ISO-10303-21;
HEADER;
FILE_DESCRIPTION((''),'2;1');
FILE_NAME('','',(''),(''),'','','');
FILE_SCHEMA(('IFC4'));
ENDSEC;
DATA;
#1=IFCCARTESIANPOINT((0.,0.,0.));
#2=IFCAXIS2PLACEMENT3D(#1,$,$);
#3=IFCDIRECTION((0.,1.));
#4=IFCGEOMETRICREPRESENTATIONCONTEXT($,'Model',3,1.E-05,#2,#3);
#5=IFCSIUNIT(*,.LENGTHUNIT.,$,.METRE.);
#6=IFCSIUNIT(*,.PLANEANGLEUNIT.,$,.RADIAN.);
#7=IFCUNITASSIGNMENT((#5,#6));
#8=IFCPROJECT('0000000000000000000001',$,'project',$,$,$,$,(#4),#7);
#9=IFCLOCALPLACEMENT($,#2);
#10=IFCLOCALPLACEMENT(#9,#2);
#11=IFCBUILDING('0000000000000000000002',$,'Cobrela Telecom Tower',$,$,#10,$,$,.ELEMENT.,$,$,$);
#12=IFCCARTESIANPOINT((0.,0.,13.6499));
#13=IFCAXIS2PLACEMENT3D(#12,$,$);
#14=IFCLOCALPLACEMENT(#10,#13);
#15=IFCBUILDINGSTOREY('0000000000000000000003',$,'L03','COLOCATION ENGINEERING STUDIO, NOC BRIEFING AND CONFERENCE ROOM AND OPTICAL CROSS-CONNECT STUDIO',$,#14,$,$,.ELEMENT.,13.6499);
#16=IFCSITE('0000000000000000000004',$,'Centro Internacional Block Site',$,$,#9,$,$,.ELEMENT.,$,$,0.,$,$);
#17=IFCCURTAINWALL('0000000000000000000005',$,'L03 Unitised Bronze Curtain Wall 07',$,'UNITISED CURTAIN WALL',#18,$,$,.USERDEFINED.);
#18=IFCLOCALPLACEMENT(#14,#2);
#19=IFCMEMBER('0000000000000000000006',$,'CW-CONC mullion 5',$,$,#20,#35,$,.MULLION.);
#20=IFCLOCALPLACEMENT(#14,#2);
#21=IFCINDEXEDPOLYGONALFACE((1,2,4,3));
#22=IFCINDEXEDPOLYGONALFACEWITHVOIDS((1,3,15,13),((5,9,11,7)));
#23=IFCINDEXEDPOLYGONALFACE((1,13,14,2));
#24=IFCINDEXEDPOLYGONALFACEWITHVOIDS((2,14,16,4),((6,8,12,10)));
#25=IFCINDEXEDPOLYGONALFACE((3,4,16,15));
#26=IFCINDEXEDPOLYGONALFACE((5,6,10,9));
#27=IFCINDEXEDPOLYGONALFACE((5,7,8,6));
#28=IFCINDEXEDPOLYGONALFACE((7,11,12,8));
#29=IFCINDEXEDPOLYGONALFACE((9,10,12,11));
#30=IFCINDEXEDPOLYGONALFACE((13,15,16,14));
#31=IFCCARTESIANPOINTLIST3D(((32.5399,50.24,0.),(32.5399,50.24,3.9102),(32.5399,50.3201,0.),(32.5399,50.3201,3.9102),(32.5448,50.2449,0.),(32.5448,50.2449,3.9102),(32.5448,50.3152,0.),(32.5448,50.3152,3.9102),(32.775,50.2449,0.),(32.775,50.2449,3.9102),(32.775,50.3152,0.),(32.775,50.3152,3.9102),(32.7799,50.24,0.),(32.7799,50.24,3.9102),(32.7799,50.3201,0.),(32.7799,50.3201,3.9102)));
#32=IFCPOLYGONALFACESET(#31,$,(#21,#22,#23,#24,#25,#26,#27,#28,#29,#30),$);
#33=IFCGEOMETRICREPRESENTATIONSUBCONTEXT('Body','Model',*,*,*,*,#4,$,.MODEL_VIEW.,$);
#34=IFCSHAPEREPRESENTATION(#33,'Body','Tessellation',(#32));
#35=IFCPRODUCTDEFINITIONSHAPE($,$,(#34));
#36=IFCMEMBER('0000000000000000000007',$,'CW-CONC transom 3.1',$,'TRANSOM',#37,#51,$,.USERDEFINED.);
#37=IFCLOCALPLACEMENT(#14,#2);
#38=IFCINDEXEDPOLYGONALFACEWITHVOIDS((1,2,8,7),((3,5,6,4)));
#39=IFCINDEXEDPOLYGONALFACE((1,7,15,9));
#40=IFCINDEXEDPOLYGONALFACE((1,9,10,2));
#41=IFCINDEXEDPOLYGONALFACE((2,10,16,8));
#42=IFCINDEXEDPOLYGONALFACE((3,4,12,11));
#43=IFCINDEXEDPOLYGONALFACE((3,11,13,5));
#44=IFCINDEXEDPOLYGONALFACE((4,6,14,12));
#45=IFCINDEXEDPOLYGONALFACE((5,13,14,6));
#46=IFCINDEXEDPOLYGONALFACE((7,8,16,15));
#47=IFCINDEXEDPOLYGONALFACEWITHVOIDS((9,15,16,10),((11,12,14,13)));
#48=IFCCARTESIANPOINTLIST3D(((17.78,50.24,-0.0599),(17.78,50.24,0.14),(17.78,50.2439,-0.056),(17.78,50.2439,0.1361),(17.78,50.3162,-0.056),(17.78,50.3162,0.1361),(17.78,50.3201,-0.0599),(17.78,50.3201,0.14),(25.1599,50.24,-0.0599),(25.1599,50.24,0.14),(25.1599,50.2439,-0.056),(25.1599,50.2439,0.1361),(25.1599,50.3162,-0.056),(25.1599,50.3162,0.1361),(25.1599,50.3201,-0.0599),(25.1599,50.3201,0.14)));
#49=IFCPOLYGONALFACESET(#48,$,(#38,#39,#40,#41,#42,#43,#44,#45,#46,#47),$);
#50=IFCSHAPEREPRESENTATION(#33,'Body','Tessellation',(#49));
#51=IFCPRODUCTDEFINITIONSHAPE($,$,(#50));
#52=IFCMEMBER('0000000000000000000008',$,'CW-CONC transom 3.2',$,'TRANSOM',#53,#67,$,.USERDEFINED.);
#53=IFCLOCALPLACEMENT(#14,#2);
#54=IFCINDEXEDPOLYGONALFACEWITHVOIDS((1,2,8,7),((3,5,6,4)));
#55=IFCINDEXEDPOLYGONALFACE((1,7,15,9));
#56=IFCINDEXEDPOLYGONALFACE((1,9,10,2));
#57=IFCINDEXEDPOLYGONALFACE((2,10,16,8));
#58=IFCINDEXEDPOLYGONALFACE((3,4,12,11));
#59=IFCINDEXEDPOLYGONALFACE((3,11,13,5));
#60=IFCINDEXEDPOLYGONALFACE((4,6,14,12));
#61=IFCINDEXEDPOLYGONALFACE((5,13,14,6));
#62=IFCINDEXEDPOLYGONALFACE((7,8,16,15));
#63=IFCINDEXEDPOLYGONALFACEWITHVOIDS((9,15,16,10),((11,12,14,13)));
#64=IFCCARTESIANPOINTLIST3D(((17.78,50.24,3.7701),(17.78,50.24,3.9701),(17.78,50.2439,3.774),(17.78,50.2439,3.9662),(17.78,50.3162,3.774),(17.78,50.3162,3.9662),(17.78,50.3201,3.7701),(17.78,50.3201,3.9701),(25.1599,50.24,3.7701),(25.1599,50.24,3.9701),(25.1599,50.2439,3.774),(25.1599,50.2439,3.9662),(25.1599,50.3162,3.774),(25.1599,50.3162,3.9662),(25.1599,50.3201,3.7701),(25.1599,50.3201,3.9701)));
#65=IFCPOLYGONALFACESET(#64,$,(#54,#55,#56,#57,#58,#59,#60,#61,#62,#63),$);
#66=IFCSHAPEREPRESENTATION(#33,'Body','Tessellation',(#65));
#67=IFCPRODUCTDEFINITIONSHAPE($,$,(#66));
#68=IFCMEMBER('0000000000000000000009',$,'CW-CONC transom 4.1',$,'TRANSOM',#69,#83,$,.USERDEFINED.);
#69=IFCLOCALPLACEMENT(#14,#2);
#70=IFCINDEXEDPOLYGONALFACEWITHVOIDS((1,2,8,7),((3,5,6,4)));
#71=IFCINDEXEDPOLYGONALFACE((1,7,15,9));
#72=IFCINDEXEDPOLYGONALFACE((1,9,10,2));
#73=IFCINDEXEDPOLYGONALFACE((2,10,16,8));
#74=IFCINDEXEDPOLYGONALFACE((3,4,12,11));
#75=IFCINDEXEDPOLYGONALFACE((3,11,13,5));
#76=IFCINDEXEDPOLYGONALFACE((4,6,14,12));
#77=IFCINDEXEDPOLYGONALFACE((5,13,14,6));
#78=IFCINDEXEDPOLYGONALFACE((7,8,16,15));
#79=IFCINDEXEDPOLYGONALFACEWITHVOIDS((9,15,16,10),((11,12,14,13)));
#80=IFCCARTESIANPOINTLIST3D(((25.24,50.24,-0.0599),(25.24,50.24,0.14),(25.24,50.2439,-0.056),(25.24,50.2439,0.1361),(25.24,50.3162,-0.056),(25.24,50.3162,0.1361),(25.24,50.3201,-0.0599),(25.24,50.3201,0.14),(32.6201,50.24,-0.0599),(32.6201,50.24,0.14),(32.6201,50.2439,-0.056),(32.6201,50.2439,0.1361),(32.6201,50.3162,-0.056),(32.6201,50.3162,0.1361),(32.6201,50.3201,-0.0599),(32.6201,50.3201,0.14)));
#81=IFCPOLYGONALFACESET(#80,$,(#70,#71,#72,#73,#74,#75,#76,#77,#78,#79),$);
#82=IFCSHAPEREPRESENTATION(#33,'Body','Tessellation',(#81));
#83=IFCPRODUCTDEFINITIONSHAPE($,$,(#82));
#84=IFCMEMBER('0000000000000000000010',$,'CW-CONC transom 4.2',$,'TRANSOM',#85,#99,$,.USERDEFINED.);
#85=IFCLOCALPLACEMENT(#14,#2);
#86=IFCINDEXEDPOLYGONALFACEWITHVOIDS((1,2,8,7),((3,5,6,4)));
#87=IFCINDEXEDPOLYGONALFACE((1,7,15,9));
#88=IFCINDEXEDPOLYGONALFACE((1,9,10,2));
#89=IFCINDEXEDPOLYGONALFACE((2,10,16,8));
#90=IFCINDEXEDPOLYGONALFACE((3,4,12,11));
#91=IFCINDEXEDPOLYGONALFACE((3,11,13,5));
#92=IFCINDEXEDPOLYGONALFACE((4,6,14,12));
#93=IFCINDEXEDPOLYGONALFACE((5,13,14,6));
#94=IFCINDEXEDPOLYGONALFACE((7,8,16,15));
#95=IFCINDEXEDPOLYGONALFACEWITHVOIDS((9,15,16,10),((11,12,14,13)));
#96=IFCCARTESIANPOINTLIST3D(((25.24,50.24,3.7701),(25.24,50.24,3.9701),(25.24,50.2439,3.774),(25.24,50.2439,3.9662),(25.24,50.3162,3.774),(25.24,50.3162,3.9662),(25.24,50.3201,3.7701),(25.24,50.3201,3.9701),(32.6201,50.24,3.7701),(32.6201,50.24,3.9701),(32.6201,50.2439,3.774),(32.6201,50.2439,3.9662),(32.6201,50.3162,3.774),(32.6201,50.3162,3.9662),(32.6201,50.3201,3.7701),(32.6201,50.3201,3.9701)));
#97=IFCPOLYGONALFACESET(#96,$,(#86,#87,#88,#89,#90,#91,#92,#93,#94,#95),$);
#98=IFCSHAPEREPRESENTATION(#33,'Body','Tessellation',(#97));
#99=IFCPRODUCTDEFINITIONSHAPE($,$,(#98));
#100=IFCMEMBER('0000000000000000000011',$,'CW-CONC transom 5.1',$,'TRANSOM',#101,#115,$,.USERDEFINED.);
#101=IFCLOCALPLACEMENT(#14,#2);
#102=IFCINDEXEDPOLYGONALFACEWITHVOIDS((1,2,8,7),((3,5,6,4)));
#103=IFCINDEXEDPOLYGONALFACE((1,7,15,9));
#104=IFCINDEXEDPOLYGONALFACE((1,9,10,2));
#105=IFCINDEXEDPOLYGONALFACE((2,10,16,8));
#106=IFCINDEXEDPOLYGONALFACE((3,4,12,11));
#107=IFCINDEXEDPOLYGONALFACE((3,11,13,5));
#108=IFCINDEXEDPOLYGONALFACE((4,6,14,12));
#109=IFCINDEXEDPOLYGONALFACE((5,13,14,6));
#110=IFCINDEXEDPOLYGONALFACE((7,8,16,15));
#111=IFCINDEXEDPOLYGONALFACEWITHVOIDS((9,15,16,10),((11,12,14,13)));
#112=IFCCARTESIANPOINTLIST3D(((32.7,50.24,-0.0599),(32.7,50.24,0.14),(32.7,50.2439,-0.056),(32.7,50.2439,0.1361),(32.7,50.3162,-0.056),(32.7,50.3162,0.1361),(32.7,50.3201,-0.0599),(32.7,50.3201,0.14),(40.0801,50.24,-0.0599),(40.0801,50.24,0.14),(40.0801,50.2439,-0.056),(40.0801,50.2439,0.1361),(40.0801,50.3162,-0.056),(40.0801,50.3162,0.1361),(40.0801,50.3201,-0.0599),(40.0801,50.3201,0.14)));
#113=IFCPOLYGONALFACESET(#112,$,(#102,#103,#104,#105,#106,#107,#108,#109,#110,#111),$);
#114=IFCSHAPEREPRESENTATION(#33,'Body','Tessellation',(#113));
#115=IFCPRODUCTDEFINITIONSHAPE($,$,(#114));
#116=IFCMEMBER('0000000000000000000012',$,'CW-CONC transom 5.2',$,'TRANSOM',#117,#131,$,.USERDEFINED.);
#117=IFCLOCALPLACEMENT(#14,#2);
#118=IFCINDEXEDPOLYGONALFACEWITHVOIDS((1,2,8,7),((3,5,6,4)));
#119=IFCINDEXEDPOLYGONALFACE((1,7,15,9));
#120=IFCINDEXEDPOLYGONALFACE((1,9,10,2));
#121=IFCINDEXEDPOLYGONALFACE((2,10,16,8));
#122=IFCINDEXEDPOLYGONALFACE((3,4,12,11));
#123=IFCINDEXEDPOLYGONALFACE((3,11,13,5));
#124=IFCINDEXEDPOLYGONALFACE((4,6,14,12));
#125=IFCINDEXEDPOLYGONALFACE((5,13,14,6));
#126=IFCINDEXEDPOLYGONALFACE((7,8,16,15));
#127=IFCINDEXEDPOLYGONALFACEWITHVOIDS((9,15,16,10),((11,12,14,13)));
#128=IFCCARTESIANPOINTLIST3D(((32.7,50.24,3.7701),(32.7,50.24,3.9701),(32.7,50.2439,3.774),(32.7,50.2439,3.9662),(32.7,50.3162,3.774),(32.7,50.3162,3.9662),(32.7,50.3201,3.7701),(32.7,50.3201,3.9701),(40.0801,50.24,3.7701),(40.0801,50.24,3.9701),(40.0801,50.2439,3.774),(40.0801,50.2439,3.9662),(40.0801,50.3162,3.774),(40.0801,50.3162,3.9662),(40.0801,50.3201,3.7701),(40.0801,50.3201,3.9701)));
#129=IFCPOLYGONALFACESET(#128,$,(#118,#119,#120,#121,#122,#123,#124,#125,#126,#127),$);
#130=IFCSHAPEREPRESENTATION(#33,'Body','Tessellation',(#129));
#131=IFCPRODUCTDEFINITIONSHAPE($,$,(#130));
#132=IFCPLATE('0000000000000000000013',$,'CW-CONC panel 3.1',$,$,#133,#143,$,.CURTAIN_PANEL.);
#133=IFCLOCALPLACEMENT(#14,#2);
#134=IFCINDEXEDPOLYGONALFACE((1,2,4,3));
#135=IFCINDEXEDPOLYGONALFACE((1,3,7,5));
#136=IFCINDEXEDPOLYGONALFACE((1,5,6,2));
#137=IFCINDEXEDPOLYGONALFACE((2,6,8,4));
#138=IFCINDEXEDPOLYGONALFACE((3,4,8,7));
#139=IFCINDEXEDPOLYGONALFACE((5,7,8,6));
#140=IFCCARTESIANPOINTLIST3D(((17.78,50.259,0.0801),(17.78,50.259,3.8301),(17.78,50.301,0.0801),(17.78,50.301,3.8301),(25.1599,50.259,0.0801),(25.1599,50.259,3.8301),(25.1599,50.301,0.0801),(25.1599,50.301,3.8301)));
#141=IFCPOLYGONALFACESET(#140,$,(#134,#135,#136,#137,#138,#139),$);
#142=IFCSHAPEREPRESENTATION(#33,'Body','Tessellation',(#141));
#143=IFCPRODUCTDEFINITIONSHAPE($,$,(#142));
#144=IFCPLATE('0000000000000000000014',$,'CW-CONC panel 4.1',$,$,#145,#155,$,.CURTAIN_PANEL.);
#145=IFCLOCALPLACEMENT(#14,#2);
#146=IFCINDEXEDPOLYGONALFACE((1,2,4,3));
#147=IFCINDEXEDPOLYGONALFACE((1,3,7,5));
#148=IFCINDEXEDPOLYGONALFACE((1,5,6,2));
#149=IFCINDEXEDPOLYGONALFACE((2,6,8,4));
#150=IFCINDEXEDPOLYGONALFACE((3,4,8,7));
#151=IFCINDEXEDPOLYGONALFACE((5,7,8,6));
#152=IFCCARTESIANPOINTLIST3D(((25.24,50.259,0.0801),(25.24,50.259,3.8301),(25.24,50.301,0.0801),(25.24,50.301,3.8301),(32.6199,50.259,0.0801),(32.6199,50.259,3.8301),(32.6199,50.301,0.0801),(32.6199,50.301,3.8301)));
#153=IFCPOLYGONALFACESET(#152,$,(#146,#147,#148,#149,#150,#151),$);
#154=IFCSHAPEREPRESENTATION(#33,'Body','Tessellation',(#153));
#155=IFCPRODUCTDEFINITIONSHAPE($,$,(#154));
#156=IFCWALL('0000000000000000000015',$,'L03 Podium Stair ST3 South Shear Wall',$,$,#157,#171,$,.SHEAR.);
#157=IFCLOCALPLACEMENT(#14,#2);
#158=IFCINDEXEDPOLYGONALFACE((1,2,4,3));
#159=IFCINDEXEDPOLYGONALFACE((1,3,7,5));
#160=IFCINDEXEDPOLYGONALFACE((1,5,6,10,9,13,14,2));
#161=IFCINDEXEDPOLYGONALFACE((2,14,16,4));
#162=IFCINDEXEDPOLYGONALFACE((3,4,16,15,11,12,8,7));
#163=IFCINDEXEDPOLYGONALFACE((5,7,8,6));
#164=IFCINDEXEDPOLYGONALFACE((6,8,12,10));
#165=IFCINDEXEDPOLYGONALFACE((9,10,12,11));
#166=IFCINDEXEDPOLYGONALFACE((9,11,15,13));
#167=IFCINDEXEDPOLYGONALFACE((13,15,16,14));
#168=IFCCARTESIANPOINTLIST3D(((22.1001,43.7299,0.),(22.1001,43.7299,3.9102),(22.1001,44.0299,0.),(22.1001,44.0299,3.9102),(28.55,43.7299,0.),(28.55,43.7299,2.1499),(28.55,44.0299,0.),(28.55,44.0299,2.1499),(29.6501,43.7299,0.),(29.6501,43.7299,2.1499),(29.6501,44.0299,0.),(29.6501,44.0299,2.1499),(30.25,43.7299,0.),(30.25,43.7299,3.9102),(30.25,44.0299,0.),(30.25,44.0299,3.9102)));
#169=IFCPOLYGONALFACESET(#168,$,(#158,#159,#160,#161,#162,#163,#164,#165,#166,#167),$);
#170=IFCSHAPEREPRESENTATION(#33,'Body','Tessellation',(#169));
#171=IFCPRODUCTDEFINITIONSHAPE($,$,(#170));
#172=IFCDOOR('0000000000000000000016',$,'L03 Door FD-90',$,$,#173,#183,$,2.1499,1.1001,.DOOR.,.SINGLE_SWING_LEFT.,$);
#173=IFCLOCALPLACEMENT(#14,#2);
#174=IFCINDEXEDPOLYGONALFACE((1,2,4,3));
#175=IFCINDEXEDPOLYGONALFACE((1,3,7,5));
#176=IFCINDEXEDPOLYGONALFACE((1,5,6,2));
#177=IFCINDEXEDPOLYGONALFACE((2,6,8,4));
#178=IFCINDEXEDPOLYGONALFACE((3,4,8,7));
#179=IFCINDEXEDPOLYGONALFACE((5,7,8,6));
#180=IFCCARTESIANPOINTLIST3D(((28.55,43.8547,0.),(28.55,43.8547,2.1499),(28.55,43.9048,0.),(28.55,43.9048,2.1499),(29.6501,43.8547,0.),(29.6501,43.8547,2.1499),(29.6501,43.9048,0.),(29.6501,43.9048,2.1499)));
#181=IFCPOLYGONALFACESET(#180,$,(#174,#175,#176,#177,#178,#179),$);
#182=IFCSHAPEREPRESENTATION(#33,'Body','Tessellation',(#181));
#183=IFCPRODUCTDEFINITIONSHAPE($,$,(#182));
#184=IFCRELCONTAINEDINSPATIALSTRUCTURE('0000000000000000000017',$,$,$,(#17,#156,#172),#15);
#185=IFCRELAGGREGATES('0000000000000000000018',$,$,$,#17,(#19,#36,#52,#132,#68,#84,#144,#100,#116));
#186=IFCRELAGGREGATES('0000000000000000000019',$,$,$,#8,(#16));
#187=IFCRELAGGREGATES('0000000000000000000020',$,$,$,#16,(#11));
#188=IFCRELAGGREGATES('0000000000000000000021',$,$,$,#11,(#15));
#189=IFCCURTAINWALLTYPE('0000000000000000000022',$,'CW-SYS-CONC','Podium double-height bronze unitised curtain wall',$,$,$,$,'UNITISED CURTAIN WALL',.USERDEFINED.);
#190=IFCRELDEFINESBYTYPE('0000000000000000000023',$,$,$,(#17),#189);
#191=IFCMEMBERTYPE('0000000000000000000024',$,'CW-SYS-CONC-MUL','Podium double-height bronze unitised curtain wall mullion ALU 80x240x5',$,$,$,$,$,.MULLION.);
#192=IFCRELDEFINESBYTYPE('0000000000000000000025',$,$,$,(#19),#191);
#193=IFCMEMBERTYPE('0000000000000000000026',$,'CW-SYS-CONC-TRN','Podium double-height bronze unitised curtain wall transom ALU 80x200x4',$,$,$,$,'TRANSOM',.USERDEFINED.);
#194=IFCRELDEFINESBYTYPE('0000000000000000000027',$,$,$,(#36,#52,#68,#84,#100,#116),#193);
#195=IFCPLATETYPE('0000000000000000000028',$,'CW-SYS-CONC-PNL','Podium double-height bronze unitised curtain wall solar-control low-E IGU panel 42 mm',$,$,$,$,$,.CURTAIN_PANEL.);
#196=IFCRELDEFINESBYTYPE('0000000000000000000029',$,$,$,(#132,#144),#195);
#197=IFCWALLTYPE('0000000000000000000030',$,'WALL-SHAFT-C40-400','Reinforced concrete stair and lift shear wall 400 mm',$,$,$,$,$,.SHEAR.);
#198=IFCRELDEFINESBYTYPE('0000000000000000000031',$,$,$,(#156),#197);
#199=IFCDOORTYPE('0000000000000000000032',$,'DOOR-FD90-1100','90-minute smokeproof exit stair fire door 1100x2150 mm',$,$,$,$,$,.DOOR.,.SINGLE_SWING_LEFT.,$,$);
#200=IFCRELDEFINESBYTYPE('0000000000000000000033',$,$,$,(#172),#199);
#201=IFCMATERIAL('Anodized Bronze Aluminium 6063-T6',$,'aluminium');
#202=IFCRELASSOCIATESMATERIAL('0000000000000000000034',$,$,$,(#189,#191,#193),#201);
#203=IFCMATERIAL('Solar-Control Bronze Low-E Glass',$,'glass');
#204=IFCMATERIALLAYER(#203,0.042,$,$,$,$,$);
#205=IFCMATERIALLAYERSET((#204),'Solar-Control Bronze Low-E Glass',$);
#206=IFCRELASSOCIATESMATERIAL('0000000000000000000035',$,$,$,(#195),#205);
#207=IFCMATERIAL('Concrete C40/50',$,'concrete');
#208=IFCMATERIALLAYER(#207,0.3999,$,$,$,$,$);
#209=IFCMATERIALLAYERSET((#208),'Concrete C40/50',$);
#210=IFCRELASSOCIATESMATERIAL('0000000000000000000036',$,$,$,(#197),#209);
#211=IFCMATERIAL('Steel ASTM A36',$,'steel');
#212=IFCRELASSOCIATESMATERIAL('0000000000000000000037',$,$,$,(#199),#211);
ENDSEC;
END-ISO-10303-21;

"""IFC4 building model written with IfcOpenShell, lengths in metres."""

from ifc_helpers import new_model, si_unit, direction, frame, frame_2d, origin, origin_2d, place, context, subcontext, project, spatial, rectangle, hollow_rectangle, extrude, material, layer, layer_set, material_profile, profile_set, type_object, element, fill, aggregate, save


model = new_model("IFC4")

# Units and contexts
model_context = context("Model", 3, precision=1e-05, world=origin(), true_north=direction((0.0, 1.0)))
body_context = subcontext(model_context, "Body", "Model", "MODEL_VIEW")
ifc_project = project(units=[si_unit("LENGTHUNIT", "METRE"), si_unit("PLANEANGLEUNIT", "RADIAN")], contexts=[model_context])

# Site, building, storey
site_placement = place(None, origin())
site = spatial("IfcSite", under=ifc_project, at=site_placement, Name="Centro Internacional Block Site", CompositionType="ELEMENT", RefElevation=0.0)
building_placement = place(site_placement, origin())
building = spatial("IfcBuilding", under=site, at=building_placement, Name="Cobrela Telecom Tower", CompositionType="ELEMENT")
storey_placement = place(building_placement, frame((0.0, 0.0, 13.6499)))
storey = spatial("IfcBuildingStorey", under=building, at=storey_placement, Name="L03", Description="COLOCATION ENGINEERING STUDIO, NOC BRIEFING AND CONFERENCE ROOM AND OPTICAL CROSS-CONNECT STUDIO", CompositionType="ELEMENT", Elevation=13.6499)

# Curtain wall, members, plates
ifc_material_1 = material(Name="Anodized Bronze Aluminium 6063-T6", Category="aluminium")
curtain_wall_type = type_object("IfcCurtainWallType", Name="CW-SYS-CONC", Description="Podium double-height bronze unitised curtain wall", ElementType="UNITISED CURTAIN WALL", PredefinedType="USERDEFINED", material=ifc_material_1)
curtain_wall_placement = place(storey_placement, origin())
curtain_wall = element("IfcCurtainWall", 1, at=curtain_wall_placement, inside=storey, type_object=curtain_wall_type, Name="L03 Unitised Bronze Curtain Wall 07", ObjectType="UNITISED CURTAIN WALL", PredefinedType="USERDEFINED")
ifc_material_profile_1 = material_profile(ifc_material_1, hollow_rectangle(XDim=0.0801, YDim=0.24, WallThickness=0.0049, at=origin_2d()), Name="ALU 80x240x5")
ifc_profile_set_1 = profile_set([ifc_material_profile_1], Name="Anodized Bronze Aluminium 6063-T6")
member_type_1 = type_object("IfcMemberType", Name="CW-SYS-CONC-MUL", Description="Podium double-height bronze unitised curtain wall mullion ALU 80x240x5", PredefinedType="MULLION", material=ifc_profile_set_1)
member_1_placement = place(storey_placement, frame((32.6599, 50.28, 0.0), z_axis=(0.0, 0.0, 1.0), x_axis=(0.0, 1.0, 0.0)))
member_1 = element("IfcMember", 2, at=member_1_placement, type_object=member_type_1, Name="CW-CONC mullion 5", PredefinedType="MULLION", context=body_context, shape_type="SweptSolid", body=[
    extrude(hollow_rectangle(XDim=0.0801, YDim=0.24, WallThickness=0.0049, at=origin_2d()), origin(), (0.0, 0.0, 1.0), 3.9102),
])
ifc_material_profile_2 = material_profile(ifc_material_1, hollow_rectangle(XDim=0.0801, YDim=0.2, WallThickness=0.0039, at=origin_2d()), Name="ALU 80x200x4")
ifc_profile_set_2 = profile_set([ifc_material_profile_2], Name="Anodized Bronze Aluminium 6063-T6")
member_type_2 = type_object("IfcMemberType", Name="CW-SYS-CONC-TRN", Description="Podium double-height bronze unitised curtain wall transom ALU 80x200x4", ElementType="TRANSOM", PredefinedType="USERDEFINED", material=ifc_profile_set_2)
member_2_placement = place(storey_placement, frame((17.78, 50.28, 0.04), z_axis=(1.0, 0.0, 0.0), x_axis=(0.0, 1.0, 0.0)))
member_2 = element("IfcMember", 3, at=member_2_placement, type_object=member_type_2, Name="CW-CONC transom 3.1", ObjectType="TRANSOM", PredefinedType="USERDEFINED", context=body_context, shape_type="SweptSolid", body=[
    extrude(hollow_rectangle(XDim=0.0801, YDim=0.2, WallThickness=0.0039, at=origin_2d()), origin(), (0.0, 0.0, 1.0), 7.3799),
])
member_3_placement = place(storey_placement, frame((17.78, 50.28, 3.8701), z_axis=(1.0, 0.0, 0.0), x_axis=(0.0, 1.0, 0.0)))
member_3 = element("IfcMember", 4, at=member_3_placement, type_object=member_type_2, Name="CW-CONC transom 3.2", ObjectType="TRANSOM", PredefinedType="USERDEFINED", context=body_context, shape_type="SweptSolid", body=[
    extrude(hollow_rectangle(XDim=0.0801, YDim=0.2, WallThickness=0.0039, at=origin_2d()), origin(), (0.0, 0.0, 1.0), 7.3799),
])
member_4_placement = place(storey_placement, frame((25.24, 50.28, 0.04), z_axis=(1.0, 0.0, 0.0), x_axis=(0.0, 1.0, 0.0)))
member_4 = element("IfcMember", 5, at=member_4_placement, type_object=member_type_2, Name="CW-CONC transom 4.1", ObjectType="TRANSOM", PredefinedType="USERDEFINED", context=body_context, shape_type="SweptSolid", body=[
    extrude(hollow_rectangle(XDim=0.0801, YDim=0.2, WallThickness=0.0039, at=origin_2d()), origin(), (0.0, 0.0, 1.0), 7.3801),
])
member_5_placement = place(storey_placement, frame((25.24, 50.28, 3.8701), z_axis=(1.0, 0.0, 0.0), x_axis=(0.0, 1.0, 0.0)))
member_5 = element("IfcMember", 6, at=member_5_placement, type_object=member_type_2, Name="CW-CONC transom 4.2", ObjectType="TRANSOM", PredefinedType="USERDEFINED", context=body_context, shape_type="SweptSolid", body=[
    extrude(hollow_rectangle(XDim=0.0801, YDim=0.2, WallThickness=0.0039, at=origin_2d()), origin(), (0.0, 0.0, 1.0), 7.3801),
])
member_6_placement = place(storey_placement, frame((32.7, 50.28, 0.04), z_axis=(1.0, 0.0, 0.0), x_axis=(0.0, 1.0, 0.0)))
member_6 = element("IfcMember", 7, at=member_6_placement, type_object=member_type_2, Name="CW-CONC transom 5.1", ObjectType="TRANSOM", PredefinedType="USERDEFINED", context=body_context, shape_type="SweptSolid", body=[
    extrude(hollow_rectangle(XDim=0.0801, YDim=0.2, WallThickness=0.0039, at=origin_2d()), origin(), (0.0, 0.0, 1.0), 7.3801),
])
member_7_placement = place(storey_placement, frame((32.7, 50.28, 3.8701), z_axis=(1.0, 0.0, 0.0), x_axis=(0.0, 1.0, 0.0)))
member_7 = element("IfcMember", 8, at=member_7_placement, type_object=member_type_2, Name="CW-CONC transom 5.2", ObjectType="TRANSOM", PredefinedType="USERDEFINED", context=body_context, shape_type="SweptSolid", body=[
    extrude(hollow_rectangle(XDim=0.0801, YDim=0.2, WallThickness=0.0039, at=origin_2d()), origin(), (0.0, 0.0, 1.0), 7.3801),
])
ifc_material_2 = material(Name="Solar-Control Bronze Low-E Glass", Category="glass")
ifc_layer_1 = layer(ifc_material_2, 0.042)
ifc_layer_set_1 = layer_set([ifc_layer_1], Name="Solar-Control Bronze Low-E Glass")
plate_type = type_object("IfcPlateType", Name="CW-SYS-CONC-PNL", Description="Podium double-height bronze unitised curtain wall solar-control low-E IGU panel 42 mm", PredefinedType="CURTAIN_PANEL", material=ifc_layer_set_1)
plate_1_placement = place(storey_placement, frame((21.47, 50.28, 0.0801), z_axis=(0.0, 0.0, 1.0), x_axis=(1.0, 0.0, 0.0)))
plate_1 = element("IfcPlate", 9, at=plate_1_placement, type_object=plate_type, Name="CW-CONC panel 3.1", PredefinedType="CURTAIN_PANEL", context=body_context, shape_type="SweptSolid", body=[
    extrude(rectangle(XDim=7.3799, YDim=0.042, at=origin_2d()), origin(), (0.0, 0.0, 1.0), 3.75),
])
plate_2_placement = place(storey_placement, frame((28.9299, 50.28, 0.0801), z_axis=(0.0, 0.0, 1.0), x_axis=(1.0, 0.0, 0.0)))
plate_2 = element("IfcPlate", 10, at=plate_2_placement, type_object=plate_type, Name="CW-CONC panel 4.1", PredefinedType="CURTAIN_PANEL", context=body_context, shape_type="SweptSolid", body=[
    extrude(rectangle(XDim=7.3799, YDim=0.042, at=origin_2d()), origin(), (0.0, 0.0, 1.0), 3.75),
])
aggregate(curtain_wall, [member_1, member_2, member_3, plate_1, member_4, member_5, plate_2, member_6, member_7])

# Wall, opening, door
ifc_material_3 = material(Name="Concrete C40/50", Category="concrete")
ifc_layer_2 = layer(ifc_material_3, 0.3999)
ifc_layer_set_2 = layer_set([ifc_layer_2], Name="Concrete C40/50")
wall_type = type_object("IfcWallType", Name="WALL-SHAFT-C40-400", Description="Reinforced concrete stair and lift shear wall 400 mm", PredefinedType="SHEAR", material=ifc_layer_set_2)
wall_1_placement = place(storey_placement, frame((22.1001, 43.8799, 0.0), z_axis=(0.0, 0.0, 1.0), x_axis=(1.0, 0.0, 0.0)))
wall_1 = element("IfcWall", 11, at=wall_1_placement, inside=storey, type_object=wall_type, Name="L03 Podium Stair ST3 South Shear Wall", PredefinedType="SHEAR", context=body_context, shape_type="SweptSolid", body=[
    extrude(rectangle(XDim=8.1499, YDim=0.3, at=frame_2d((4.075, 0.0))), origin(), (0.0, 0.0, 1.0), 3.9102),
])
opening_placement = place(wall_1_placement, frame((6.45, 0.0, 0.0)))
opening = element("IfcOpeningElement", 12, at=opening_placement, cuts=wall_1, PredefinedType="OPENING", context=body_context, shape_type="SweptSolid", body=[
    extrude(rectangle(XDim=1.1001, YDim=2.1499, at=frame_2d((0.55, 1.075))), frame((0.0, 0.1621, 0.0), z_axis=(0.0, -1.0, 0.0), x_axis=(1.0, 0.0, 0.0)), (0.0, 0.0, 1.0), 0.324),
])
ifc_material_4 = material(Name="Steel ASTM A36", Category="steel")
door_type = type_object("IfcDoorType", Name="DOOR-FD90-1100", Description="90-minute smokeproof exit stair fire door 1100x2150 mm", OperationType="SINGLE_SWING_LEFT", PredefinedType="DOOR", material=ifc_material_4)
door_placement = place(opening_placement, origin())
door = element("IfcDoor", 13, at=door_placement, inside=storey, type_object=door_type, Name="L03 Door FD-90", OperationType="SINGLE_SWING_LEFT", OverallHeight=2.1499, OverallWidth=1.1001, PredefinedType="DOOR", context=body_context, shape_type="SweptSolid", body=[
    extrude(rectangle(XDim=1.1001, YDim=2.1499, at=frame_2d((0.55, 1.075))), frame((0.0, 0.0249, 0.0), z_axis=(0.0, -1.0, 0.0), x_axis=(1.0, 0.0, 0.0)), (0.0, 0.0, 1.0), 0.05),
])
fill(opening, door)

save(model, "model.ifc")
